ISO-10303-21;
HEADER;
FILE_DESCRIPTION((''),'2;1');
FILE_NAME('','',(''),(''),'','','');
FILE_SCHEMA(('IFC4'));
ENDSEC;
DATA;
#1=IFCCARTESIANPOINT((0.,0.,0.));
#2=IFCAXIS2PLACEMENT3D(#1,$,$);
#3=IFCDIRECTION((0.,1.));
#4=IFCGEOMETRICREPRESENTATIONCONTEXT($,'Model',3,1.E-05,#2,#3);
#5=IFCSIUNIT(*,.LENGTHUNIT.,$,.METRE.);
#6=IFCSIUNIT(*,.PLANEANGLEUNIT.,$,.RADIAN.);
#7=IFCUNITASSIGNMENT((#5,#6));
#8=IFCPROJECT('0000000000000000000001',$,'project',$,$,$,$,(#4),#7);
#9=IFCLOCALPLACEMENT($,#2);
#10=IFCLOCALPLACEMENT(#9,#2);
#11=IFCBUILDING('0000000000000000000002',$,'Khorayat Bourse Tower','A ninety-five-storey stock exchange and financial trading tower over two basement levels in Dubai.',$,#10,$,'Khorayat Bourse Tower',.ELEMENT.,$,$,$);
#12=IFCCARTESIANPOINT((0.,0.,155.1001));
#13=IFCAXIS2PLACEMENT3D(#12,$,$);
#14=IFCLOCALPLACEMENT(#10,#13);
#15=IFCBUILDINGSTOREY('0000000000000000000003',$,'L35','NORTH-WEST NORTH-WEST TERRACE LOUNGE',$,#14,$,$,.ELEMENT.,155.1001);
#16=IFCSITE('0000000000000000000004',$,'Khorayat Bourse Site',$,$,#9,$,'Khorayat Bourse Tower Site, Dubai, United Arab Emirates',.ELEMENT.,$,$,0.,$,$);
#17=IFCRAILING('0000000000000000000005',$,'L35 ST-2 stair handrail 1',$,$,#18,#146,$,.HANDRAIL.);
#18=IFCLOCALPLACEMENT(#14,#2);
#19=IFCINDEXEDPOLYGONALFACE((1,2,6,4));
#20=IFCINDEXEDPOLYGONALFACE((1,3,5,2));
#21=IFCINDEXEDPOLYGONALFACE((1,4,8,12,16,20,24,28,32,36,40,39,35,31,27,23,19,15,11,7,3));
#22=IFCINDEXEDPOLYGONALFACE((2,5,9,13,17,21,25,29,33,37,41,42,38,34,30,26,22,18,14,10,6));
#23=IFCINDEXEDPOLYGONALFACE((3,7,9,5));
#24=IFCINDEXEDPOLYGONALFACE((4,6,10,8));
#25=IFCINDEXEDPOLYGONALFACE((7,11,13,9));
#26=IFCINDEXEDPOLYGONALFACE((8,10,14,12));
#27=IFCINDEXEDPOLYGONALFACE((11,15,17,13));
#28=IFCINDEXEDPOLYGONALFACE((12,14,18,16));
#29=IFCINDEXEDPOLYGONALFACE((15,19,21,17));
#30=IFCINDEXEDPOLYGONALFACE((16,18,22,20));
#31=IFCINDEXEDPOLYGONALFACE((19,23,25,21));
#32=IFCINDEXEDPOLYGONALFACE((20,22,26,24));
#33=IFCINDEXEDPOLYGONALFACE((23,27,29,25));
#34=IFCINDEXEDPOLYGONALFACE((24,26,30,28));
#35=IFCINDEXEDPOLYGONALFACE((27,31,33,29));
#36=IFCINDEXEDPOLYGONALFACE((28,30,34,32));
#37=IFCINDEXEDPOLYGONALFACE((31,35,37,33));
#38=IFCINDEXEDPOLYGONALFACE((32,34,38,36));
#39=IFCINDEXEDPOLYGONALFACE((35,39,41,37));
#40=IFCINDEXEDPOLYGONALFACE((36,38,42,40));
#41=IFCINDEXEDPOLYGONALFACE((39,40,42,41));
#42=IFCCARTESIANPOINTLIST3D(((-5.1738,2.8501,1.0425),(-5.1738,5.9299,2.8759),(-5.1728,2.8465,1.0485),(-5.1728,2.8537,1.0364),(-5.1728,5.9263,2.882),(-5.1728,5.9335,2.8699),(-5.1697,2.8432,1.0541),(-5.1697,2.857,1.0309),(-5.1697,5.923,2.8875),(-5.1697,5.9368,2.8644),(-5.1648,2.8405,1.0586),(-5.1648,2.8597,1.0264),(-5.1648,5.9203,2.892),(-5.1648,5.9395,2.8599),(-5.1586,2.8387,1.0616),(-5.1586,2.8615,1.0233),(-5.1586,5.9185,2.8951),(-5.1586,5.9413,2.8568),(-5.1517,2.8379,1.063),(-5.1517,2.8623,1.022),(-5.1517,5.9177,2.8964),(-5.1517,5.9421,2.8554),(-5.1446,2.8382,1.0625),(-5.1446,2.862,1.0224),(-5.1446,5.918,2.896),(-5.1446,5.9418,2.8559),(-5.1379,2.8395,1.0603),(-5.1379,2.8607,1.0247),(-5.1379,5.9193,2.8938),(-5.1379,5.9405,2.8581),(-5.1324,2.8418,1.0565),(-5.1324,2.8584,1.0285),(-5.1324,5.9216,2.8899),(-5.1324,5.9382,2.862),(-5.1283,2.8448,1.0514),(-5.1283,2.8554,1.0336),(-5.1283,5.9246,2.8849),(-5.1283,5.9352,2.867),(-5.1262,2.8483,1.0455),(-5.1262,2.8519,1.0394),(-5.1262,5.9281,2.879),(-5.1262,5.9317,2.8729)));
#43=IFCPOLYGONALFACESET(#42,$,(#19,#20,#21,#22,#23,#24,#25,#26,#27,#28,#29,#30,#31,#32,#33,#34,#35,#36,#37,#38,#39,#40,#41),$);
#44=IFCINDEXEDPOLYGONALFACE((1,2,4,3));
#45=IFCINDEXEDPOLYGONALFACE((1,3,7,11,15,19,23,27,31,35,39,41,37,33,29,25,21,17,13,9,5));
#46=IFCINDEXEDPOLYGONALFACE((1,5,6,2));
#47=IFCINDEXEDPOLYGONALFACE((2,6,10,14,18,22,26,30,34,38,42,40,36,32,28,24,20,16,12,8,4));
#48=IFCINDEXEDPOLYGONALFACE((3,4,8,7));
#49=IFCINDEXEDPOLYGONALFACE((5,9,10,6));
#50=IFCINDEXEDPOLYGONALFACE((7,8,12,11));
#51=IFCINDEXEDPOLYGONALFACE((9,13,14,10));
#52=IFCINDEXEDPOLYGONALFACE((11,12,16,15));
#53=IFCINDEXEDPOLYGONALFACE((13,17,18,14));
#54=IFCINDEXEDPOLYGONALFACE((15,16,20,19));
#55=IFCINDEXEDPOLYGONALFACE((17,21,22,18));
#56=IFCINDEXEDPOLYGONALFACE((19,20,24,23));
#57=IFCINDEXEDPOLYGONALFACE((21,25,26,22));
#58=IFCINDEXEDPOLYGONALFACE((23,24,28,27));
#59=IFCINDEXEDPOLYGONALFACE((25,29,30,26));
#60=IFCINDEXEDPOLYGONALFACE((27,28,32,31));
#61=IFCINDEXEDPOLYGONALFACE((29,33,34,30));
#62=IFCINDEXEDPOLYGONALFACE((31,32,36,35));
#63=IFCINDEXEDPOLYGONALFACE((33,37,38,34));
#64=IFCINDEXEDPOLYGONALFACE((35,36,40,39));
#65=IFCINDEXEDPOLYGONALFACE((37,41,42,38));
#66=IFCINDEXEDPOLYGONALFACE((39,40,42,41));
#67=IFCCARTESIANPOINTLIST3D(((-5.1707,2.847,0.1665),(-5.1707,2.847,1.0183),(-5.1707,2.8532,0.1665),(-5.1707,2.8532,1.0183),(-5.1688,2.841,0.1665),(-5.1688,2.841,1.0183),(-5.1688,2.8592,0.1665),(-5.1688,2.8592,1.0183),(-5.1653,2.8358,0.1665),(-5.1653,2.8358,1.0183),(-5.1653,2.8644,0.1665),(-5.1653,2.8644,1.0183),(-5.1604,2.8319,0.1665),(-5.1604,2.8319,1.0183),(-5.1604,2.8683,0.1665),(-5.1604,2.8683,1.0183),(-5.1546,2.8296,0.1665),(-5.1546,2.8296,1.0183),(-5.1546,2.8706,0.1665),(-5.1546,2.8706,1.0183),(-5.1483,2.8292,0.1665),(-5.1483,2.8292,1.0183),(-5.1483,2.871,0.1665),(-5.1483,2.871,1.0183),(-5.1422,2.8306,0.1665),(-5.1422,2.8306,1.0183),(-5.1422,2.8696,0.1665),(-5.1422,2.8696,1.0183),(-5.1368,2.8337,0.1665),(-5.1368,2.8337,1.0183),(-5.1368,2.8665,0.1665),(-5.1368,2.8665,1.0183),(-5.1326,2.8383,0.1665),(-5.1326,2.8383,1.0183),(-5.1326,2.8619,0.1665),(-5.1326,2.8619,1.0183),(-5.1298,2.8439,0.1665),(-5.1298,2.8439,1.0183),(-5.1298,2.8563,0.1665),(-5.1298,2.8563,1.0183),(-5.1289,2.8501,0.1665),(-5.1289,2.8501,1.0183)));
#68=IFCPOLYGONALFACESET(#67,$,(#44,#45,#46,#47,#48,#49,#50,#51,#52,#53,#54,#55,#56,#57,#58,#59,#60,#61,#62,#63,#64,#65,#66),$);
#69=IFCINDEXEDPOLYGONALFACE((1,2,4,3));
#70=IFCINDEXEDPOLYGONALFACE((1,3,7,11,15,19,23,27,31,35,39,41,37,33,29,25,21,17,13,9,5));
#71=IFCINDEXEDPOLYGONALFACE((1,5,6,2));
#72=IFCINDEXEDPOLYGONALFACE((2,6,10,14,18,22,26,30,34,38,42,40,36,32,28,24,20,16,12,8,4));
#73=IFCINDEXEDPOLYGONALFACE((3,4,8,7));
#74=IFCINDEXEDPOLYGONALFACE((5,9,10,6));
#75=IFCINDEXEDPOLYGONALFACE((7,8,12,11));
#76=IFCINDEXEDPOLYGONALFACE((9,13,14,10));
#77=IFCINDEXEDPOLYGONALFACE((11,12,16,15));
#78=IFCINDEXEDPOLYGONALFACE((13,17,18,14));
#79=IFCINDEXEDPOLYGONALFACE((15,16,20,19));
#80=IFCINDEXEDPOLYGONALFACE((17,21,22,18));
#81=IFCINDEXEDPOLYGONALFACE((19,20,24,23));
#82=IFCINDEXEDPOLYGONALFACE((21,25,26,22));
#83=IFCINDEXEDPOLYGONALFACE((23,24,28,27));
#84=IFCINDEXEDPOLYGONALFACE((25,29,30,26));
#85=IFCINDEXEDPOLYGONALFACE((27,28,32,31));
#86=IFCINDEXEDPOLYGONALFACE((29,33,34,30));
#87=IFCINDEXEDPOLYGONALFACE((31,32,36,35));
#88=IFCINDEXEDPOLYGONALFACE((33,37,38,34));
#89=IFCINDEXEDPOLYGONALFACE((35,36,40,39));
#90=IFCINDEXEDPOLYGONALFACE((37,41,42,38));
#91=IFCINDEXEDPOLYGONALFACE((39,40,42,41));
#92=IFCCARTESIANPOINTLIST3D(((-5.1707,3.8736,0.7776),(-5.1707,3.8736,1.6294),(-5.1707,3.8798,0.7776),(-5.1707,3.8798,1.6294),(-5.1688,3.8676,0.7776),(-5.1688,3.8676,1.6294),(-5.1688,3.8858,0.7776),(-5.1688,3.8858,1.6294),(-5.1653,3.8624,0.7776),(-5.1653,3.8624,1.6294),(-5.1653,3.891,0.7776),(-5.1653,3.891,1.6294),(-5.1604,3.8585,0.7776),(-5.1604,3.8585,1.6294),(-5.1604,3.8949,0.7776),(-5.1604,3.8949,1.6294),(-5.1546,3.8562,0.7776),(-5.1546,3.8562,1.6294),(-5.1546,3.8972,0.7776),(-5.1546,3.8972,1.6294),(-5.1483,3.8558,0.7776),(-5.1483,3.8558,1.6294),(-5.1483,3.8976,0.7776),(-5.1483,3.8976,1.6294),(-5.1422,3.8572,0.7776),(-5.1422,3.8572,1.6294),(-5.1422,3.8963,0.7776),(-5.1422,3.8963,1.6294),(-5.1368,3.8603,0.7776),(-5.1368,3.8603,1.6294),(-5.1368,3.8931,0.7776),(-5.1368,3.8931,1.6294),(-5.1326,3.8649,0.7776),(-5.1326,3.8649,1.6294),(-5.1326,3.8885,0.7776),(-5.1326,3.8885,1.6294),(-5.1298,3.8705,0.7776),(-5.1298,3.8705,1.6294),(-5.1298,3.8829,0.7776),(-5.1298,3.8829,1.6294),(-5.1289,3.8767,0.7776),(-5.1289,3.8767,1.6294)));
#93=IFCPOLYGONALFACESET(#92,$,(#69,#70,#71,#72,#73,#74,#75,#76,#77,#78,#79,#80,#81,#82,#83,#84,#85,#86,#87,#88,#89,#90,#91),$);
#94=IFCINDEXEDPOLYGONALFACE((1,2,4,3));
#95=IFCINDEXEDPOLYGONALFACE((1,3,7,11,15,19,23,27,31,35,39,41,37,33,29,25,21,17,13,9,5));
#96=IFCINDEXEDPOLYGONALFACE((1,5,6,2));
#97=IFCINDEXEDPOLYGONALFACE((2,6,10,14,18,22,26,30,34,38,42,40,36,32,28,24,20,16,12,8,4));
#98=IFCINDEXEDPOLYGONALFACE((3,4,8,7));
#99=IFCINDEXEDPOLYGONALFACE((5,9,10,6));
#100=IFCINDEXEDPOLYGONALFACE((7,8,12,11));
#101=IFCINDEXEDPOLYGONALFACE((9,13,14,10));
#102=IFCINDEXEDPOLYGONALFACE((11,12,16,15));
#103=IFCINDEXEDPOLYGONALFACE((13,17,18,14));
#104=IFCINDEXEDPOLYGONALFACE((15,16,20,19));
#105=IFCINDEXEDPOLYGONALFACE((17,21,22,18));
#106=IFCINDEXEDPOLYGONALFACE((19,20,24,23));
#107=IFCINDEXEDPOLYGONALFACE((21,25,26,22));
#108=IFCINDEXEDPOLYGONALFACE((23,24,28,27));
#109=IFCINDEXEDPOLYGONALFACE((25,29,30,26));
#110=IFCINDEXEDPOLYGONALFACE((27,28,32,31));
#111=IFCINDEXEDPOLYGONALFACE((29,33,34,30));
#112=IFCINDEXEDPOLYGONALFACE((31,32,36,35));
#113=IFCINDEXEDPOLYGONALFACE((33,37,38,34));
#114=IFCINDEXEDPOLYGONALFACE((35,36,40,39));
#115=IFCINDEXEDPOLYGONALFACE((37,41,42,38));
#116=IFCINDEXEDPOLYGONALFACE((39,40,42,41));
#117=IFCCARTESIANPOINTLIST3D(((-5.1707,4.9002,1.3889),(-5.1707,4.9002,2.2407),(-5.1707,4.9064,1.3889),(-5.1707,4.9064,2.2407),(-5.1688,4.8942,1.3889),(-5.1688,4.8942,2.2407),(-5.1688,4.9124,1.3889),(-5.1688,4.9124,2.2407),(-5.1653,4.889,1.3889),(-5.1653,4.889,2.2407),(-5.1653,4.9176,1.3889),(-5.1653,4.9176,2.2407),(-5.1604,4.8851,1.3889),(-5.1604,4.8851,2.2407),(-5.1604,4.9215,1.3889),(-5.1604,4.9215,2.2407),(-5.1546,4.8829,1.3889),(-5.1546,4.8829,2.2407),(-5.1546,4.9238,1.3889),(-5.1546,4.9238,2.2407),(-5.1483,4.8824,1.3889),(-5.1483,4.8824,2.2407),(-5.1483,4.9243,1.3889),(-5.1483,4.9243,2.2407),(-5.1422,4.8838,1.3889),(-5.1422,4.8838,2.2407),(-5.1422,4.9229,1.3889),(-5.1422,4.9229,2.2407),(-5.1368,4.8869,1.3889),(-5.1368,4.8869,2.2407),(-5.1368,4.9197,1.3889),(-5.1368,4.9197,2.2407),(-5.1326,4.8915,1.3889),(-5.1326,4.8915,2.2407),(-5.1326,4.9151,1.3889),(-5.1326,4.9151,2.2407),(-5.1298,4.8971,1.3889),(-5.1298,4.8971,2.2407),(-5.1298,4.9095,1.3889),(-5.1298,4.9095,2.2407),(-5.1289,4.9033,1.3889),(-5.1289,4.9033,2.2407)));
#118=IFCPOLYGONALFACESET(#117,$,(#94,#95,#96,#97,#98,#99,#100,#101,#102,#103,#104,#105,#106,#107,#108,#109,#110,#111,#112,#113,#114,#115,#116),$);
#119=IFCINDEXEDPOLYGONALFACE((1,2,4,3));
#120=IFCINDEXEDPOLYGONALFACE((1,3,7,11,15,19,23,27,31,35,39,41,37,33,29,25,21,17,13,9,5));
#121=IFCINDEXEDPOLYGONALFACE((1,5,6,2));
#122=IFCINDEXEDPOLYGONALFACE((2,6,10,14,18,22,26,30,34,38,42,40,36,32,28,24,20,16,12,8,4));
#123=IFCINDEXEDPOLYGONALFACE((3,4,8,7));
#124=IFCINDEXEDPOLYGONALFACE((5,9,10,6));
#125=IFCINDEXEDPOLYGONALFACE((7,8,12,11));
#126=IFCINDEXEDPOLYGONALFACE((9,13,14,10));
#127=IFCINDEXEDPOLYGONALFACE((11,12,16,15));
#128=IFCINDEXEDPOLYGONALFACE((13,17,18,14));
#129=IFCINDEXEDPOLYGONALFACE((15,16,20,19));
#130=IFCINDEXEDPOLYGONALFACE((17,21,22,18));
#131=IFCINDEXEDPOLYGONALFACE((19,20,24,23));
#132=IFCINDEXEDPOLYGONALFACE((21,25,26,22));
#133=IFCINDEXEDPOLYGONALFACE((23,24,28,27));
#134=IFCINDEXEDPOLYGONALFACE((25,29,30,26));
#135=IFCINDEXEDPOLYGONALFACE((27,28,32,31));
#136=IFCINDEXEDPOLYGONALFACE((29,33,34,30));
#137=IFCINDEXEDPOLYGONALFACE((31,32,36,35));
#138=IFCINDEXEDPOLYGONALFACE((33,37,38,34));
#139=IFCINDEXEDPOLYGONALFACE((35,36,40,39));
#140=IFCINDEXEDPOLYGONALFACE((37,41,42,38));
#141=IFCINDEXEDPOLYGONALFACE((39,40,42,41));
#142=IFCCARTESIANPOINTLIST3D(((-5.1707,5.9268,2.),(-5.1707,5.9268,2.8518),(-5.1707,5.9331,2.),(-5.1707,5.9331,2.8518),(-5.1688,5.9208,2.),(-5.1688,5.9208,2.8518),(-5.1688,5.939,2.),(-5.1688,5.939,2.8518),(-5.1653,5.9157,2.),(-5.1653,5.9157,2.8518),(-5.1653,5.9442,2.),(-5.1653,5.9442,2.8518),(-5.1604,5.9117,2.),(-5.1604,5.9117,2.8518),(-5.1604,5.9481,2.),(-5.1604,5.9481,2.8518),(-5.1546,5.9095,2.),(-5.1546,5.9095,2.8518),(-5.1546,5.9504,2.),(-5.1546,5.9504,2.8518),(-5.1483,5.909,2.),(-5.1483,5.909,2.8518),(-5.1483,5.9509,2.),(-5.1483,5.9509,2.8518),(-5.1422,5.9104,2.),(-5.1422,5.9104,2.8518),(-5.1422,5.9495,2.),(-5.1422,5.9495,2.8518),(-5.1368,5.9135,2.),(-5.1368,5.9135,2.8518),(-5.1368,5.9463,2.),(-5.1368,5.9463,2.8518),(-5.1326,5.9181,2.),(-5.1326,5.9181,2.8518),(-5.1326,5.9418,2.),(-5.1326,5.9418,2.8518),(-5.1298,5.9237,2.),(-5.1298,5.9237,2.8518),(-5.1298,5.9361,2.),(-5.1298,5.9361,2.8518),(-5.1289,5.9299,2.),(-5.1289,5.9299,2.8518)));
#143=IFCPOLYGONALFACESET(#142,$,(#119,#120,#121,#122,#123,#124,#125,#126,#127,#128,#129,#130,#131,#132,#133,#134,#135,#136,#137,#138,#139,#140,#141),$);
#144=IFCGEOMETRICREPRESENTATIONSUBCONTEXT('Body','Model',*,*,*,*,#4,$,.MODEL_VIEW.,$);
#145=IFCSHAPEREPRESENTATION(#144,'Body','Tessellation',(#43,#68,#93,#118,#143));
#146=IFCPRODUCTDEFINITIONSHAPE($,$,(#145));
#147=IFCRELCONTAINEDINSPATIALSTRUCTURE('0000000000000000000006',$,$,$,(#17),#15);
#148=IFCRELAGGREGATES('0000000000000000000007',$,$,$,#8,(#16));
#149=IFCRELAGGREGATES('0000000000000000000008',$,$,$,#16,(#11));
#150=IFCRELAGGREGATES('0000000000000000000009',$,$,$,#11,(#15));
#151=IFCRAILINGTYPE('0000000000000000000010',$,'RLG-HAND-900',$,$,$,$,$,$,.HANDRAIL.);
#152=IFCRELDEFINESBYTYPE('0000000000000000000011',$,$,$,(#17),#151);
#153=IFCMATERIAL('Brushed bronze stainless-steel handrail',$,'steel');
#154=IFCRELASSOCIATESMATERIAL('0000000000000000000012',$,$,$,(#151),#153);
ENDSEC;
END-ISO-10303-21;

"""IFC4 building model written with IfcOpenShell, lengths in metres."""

from ifc_helpers import new_model, si_unit, direction, frame, origin, origin_2d, place, context, subcontext, project, spatial, circle, extrude, source, transform, mapped, material, type_object, element, save


model = new_model("IFC4")

# Units and contexts
model_context = context("Model", 3, precision=1e-05, world=origin(), true_north=direction((0.0, 1.0)))
body_context = subcontext(model_context, "Body", "Model", "MODEL_VIEW")
ifc_project = project(units=[si_unit("LENGTHUNIT", "METRE"), si_unit("PLANEANGLEUNIT", "RADIAN")], contexts=[model_context])

# Site, building, storey
site_placement = place(None, origin())
site = spatial("IfcSite", under=ifc_project, at=site_placement, Name="Khorayat Bourse Site", LongName="Khorayat Bourse Tower Site, Dubai, United Arab Emirates", CompositionType="ELEMENT", RefElevation=0.0)
building_placement = place(site_placement, origin())
building = spatial("IfcBuilding", under=site, at=building_placement, Name="Khorayat Bourse Tower", Description="A ninety-five-storey stock exchange and financial trading tower over two basement levels in Dubai.", LongName="Khorayat Bourse Tower", CompositionType="ELEMENT")
storey_placement = place(building_placement, frame((0.0, 0.0, 155.1001)))
storey = spatial("IfcBuildingStorey", under=building, at=storey_placement, Name="L35", Description="NORTH-WEST NORTH-WEST TERRACE LOUNGE", CompositionType="ELEMENT", Elevation=155.1001)

# Railing
ifc_material_1 = material(Name="Brushed bronze stainless-steel handrail", Category="steel")
railing_type_1 = type_object("IfcRailingType", Name="RLG-HAND-900", PredefinedType="HANDRAIL", material=ifc_material_1)
shared_shape_1 = source(origin(), body_context, "Body", "SweptSolid", [
    extrude(circle(Radius=0.0239, at=origin_2d()), frame((0.0, 0.0, 0.876), z_axis=(0.0, 0.859261, 0.511538), x_axis=(-1.0, 0.0, 0.0)), (0.0, 0.0, 1.0), 3.5842),
    extrude(circle(Radius=0.021, at=origin_2d()), origin(), (0.0, 0.0, 1.0), 0.8518),
    extrude(circle(Radius=0.021, at=origin_2d()), frame((0.0, 1.0266, 0.6111)), (0.0, 0.0, 1.0), 0.8518),
    extrude(circle(Radius=0.021, at=origin_2d()), frame((0.0, 2.0532, 1.2224)), (0.0, 0.0, 1.0), 0.8518),
    extrude(circle(Radius=0.021, at=origin_2d()), frame((0.0, 3.0798, 1.8335)), (0.0, 0.0, 1.0), 0.8518),
])
railing_1_placement = place(storey_placement, frame((-5.1499, 2.8501, 0.1665)))
element("IfcRailing", 1, at=railing_1_placement, inside=storey, type_object=railing_type_1, Name="L35 ST-2 stair handrail 1", PredefinedType="HANDRAIL", context=body_context, shape_type="MappedRepresentation", body=[
    mapped(shared_shape_1, transform((0.0, 0.0, 0.0), scale=1.0)),
])

save(model, "model.ifc")
